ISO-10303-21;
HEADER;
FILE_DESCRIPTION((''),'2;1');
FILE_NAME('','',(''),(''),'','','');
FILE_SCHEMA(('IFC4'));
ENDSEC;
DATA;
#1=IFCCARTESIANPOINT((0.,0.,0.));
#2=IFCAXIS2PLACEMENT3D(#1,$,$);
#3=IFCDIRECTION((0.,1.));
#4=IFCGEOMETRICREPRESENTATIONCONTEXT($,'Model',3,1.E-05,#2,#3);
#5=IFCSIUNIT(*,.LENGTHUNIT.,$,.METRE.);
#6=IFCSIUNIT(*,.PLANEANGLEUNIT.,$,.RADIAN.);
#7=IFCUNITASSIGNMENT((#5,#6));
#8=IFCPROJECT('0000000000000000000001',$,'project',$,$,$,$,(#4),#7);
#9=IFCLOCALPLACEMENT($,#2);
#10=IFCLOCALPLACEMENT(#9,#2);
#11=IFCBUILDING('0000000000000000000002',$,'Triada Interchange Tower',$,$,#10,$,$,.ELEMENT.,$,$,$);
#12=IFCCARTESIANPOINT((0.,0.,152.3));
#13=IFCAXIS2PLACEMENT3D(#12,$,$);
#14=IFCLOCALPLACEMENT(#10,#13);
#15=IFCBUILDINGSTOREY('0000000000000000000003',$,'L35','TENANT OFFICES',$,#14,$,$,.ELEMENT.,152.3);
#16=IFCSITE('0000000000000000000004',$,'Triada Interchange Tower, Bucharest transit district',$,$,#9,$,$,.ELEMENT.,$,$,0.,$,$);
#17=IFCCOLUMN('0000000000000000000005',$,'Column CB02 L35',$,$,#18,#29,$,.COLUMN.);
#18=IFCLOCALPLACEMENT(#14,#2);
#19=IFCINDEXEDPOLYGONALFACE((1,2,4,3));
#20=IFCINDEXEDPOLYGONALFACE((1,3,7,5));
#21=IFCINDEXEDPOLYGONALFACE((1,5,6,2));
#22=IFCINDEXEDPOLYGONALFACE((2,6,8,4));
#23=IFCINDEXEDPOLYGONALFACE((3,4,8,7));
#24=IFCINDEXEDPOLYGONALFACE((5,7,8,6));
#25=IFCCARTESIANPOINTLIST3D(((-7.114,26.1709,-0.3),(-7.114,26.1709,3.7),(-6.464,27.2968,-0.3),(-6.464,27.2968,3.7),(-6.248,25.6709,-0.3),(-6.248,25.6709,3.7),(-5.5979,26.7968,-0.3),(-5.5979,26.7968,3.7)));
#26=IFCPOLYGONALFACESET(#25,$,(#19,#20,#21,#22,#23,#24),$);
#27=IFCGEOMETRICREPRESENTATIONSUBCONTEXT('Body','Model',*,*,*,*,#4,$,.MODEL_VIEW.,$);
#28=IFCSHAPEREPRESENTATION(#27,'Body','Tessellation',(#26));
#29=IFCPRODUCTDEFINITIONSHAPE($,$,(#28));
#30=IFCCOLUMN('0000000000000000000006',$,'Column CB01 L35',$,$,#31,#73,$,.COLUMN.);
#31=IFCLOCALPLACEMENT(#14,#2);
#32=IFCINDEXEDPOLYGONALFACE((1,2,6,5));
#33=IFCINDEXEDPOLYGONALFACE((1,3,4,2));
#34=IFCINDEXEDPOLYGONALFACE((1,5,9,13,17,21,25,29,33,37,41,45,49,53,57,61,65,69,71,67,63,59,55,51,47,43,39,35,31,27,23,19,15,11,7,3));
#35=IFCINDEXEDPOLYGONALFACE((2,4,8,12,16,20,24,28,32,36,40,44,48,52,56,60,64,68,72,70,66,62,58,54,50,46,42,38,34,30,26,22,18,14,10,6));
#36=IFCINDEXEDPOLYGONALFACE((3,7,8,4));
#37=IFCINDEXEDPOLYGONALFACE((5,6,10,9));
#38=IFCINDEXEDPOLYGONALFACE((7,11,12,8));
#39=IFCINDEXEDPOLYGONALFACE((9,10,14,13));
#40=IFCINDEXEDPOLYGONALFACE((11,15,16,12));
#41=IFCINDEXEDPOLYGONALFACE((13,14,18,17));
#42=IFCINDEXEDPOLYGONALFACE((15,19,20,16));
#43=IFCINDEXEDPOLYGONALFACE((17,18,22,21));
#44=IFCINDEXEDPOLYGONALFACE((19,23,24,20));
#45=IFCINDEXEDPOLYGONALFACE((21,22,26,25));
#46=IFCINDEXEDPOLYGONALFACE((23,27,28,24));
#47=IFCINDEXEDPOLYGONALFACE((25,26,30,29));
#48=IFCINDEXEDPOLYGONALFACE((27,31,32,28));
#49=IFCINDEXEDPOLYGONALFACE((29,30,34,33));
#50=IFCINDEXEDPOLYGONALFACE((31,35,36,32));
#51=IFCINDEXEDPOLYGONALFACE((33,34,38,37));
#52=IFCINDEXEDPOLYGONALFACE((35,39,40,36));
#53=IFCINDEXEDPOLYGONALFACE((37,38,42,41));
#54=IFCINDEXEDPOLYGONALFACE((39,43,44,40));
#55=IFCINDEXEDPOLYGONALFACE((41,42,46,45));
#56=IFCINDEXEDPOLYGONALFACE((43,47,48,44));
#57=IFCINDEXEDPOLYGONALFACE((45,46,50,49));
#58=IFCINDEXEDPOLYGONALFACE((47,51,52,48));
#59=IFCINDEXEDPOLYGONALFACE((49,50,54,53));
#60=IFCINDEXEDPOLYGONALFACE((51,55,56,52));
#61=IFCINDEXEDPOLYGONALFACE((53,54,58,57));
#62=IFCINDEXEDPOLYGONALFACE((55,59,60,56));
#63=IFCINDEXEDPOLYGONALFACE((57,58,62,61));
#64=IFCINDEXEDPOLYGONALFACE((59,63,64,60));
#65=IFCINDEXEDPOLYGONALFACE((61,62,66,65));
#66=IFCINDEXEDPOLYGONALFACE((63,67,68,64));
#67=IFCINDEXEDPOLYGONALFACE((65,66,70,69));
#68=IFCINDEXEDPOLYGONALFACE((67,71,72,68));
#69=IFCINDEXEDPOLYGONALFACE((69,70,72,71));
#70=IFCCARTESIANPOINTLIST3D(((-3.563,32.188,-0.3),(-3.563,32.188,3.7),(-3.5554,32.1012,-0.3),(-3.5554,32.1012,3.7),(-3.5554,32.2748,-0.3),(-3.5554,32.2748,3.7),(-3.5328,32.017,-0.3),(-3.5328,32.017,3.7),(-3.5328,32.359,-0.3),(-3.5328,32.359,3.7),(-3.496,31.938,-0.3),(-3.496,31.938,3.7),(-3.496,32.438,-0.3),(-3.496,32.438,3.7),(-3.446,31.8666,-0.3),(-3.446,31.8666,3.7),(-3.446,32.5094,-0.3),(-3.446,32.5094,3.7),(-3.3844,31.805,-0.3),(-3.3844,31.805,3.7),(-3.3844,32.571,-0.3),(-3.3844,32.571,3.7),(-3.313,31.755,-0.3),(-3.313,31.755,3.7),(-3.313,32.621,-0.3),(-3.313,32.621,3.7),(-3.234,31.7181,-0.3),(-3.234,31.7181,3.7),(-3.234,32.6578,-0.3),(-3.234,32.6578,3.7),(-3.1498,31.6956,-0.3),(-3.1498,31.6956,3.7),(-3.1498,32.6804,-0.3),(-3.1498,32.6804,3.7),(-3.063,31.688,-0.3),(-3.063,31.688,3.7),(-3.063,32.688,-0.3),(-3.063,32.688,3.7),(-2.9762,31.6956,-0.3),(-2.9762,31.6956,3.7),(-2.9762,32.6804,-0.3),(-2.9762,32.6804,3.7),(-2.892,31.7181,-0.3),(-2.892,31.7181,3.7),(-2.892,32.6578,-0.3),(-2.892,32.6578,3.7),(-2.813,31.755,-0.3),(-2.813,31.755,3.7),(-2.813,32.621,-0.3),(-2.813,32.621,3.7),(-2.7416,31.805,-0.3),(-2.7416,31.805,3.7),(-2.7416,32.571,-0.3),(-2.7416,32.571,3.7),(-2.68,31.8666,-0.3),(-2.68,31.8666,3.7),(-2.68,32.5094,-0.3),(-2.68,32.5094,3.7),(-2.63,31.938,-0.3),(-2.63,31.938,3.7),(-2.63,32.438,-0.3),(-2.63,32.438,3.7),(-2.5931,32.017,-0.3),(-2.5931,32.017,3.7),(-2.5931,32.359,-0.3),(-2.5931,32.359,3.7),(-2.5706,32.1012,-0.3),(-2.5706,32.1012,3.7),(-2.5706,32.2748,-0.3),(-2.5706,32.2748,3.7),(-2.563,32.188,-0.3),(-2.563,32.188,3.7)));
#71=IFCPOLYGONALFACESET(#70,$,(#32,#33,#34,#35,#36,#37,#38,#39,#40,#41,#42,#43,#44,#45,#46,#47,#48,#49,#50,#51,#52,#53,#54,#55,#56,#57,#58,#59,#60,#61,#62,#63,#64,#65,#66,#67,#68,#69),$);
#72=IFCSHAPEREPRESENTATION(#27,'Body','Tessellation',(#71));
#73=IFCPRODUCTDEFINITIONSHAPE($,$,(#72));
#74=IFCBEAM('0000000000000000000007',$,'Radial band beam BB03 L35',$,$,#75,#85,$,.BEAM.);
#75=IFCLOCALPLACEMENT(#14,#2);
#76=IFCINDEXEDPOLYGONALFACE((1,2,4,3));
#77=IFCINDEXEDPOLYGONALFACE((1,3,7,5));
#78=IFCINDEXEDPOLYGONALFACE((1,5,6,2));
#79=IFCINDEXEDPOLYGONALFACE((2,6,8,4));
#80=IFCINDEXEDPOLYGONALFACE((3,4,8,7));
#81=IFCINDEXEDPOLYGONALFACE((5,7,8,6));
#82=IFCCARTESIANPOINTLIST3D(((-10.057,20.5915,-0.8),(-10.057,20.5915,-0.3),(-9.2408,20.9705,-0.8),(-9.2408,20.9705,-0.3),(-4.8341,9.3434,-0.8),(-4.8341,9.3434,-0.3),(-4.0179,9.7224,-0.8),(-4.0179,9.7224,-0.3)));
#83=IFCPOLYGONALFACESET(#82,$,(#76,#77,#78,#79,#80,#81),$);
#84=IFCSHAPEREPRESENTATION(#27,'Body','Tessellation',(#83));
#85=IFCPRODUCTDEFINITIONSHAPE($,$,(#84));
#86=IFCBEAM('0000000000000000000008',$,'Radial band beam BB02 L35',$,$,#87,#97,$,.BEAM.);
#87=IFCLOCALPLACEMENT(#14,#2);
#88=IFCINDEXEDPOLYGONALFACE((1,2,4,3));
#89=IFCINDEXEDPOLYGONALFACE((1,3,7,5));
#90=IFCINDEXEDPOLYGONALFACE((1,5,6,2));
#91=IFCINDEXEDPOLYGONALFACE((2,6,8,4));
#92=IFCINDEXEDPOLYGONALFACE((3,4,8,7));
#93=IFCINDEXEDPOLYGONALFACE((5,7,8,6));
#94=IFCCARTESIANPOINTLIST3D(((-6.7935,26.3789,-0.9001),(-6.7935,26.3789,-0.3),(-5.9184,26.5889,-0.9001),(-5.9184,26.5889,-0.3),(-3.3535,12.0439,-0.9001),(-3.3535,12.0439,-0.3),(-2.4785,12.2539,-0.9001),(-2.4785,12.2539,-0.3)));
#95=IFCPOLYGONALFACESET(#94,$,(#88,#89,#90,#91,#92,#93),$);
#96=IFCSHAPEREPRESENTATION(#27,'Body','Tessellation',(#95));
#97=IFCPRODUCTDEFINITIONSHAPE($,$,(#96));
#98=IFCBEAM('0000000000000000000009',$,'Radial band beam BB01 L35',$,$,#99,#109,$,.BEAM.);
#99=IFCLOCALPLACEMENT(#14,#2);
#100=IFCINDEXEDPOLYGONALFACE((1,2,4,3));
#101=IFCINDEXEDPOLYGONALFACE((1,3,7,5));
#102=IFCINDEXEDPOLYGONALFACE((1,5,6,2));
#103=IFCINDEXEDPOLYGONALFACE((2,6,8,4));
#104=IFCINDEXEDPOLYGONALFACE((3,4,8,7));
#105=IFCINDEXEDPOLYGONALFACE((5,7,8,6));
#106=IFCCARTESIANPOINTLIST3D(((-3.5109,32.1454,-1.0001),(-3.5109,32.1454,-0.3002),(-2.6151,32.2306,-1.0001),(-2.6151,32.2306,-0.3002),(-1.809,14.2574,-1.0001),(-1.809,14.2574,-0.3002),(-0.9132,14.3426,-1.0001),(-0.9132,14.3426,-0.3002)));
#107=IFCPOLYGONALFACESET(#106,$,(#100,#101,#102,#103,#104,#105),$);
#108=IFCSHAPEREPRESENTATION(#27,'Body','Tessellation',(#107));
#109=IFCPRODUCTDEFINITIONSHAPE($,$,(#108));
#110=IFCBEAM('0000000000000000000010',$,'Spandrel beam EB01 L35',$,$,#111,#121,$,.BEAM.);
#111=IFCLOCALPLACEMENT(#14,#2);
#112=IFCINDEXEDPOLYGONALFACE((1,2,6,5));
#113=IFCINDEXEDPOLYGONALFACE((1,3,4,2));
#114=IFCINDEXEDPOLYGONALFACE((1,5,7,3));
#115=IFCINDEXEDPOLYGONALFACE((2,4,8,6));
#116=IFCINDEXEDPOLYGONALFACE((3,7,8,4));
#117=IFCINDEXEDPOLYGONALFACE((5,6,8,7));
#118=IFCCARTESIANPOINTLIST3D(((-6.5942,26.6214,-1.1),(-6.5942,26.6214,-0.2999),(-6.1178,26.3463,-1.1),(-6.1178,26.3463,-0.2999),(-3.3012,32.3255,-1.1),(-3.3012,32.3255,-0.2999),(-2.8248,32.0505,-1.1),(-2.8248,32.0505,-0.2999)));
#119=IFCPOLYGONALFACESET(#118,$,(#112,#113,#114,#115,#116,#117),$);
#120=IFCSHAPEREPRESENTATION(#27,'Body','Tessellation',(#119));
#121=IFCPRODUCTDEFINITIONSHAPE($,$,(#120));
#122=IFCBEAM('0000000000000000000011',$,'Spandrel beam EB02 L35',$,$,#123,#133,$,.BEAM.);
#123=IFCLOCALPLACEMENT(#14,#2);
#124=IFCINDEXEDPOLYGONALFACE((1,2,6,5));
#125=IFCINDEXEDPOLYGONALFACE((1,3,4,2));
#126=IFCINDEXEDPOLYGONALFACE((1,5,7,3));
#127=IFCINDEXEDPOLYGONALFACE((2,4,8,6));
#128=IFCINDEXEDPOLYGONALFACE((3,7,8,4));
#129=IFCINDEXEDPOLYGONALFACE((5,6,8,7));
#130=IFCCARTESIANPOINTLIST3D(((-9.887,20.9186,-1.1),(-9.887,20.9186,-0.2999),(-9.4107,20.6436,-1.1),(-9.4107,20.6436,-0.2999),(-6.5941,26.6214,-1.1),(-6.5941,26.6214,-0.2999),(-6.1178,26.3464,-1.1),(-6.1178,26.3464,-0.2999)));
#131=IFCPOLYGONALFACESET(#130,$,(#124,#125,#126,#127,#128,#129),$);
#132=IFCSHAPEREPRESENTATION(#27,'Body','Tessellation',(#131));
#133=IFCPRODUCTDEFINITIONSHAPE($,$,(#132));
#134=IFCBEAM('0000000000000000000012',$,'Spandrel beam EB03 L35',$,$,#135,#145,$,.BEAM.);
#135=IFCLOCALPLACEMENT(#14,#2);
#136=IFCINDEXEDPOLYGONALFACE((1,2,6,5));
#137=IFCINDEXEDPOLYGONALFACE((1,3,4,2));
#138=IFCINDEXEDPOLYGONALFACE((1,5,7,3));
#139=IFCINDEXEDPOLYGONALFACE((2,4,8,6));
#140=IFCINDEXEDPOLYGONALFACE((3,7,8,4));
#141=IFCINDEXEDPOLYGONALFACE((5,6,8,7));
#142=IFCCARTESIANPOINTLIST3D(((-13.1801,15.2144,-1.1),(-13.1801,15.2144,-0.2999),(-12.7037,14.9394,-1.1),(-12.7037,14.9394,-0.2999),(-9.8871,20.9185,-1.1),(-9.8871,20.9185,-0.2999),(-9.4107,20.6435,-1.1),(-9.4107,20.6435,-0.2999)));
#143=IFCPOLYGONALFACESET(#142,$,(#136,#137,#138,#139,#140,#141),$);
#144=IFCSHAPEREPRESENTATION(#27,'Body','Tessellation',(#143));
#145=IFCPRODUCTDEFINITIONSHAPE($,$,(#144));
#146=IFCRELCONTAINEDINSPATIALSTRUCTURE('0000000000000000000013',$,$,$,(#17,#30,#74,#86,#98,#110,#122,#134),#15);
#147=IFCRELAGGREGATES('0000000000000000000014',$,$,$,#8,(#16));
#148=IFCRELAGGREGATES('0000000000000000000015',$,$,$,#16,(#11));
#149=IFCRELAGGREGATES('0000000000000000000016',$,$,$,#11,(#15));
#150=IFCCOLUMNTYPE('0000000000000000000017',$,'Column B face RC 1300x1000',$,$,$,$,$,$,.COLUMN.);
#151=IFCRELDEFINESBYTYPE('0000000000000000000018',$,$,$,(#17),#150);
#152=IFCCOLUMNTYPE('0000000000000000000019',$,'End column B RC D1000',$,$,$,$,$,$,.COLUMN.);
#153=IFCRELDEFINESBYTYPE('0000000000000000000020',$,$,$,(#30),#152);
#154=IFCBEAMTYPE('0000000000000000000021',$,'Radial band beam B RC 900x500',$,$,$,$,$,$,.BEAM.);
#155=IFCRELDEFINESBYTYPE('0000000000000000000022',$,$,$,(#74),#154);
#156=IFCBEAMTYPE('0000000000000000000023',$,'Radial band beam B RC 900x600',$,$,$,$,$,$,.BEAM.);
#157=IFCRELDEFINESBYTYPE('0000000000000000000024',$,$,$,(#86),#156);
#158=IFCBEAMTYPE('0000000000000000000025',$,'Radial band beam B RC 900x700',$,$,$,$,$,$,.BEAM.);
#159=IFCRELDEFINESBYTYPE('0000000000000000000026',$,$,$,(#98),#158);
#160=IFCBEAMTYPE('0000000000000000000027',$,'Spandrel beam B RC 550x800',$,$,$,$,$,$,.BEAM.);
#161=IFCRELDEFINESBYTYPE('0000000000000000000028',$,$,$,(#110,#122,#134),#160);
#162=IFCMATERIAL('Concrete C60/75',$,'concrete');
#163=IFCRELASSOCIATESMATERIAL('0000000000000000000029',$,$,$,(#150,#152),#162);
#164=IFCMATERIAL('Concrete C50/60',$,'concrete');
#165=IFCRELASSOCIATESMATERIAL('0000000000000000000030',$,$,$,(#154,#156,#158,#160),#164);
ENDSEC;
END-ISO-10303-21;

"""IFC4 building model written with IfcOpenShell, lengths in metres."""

from ifc_helpers import new_model, si_unit, direction, frame, origin, origin_2d, place, context, subcontext, project, spatial, rectangle, circle, extrude, material, material_profile, profile_set, type_object, element, save


model = new_model("IFC4")

# Units and contexts
model_context = context("Model", 3, precision=1e-05, world=origin(), true_north=direction((0.0, 1.0)))
body_context = subcontext(model_context, "Body", "Model", "MODEL_VIEW")
ifc_project = project(units=[si_unit("LENGTHUNIT", "METRE"), si_unit("PLANEANGLEUNIT", "RADIAN")], contexts=[model_context])

# Site, building, storey
site_placement = place(None, origin())
site = spatial("IfcSite", under=ifc_project, at=site_placement, Name="Triada Interchange Tower, Bucharest transit district", CompositionType="ELEMENT", RefElevation=0.0)
building_placement = place(site_placement, origin())
building = spatial("IfcBuilding", under=site, at=building_placement, Name="Triada Interchange Tower", CompositionType="ELEMENT")
storey_placement = place(building_placement, frame((0.0, 0.0, 152.3)))
storey = spatial("IfcBuildingStorey", under=building, at=storey_placement, Name="L35", Description="TENANT OFFICES", CompositionType="ELEMENT", Elevation=152.3)

# Columns
ifc_material_1 = material(Name="Concrete C60/75", Category="concrete")
ifc_material_profile_1 = material_profile(ifc_material_1, rectangle(XDim=1.3, YDim=1.0, at=origin_2d()), Name="RC 1300x1000")
ifc_profile_set_1 = profile_set([ifc_material_profile_1], Name="Concrete C60/75")
column_type_1 = type_object("IfcColumnType", Name="Column B face RC 1300x1000", PredefinedType="COLUMN", material=ifc_profile_set_1)
column_1_placement = place(storey_placement, frame((-6.356, 26.4839, -0.3), z_axis=(0.0, 0.0, 1.0), x_axis=(0.5, 0.866025, 0.0)))
element("IfcColumn", 1, at=column_1_placement, inside=storey, type_object=column_type_1, Name="Column CB02 L35", PredefinedType="COLUMN", context=body_context, shape_type="SweptSolid", body=[
    extrude(rectangle(XDim=1.3, YDim=1.0, at=origin_2d()), origin(), (0.0, 0.0, 1.0), 4.0),
])
ifc_material_profile_2 = material_profile(ifc_material_1, circle(Radius=0.5, at=origin_2d()), Name="RC D1000")
ifc_profile_set_2 = profile_set([ifc_material_profile_2], Name="Concrete C60/75")
column_type_2 = type_object("IfcColumnType", Name="End column B RC D1000", PredefinedType="COLUMN", material=ifc_profile_set_2)
column_2_placement = place(storey_placement, frame((-3.063, 32.188, -0.3), z_axis=(0.0, 0.0, 1.0), x_axis=(0.5, 0.866025, 0.0)))
element("IfcColumn", 2, at=column_2_placement, inside=storey, type_object=column_type_2, Name="Column CB01 L35", PredefinedType="COLUMN", context=body_context, shape_type="SweptSolid", body=[
    extrude(circle(Radius=0.5, at=origin_2d()), origin(), (0.0, 0.0, 1.0), 4.0),
])

# Beams
ifc_material_2 = material(Name="Concrete C50/60", Category="concrete")
ifc_material_profile_3 = material_profile(ifc_material_2, rectangle(XDim=0.8999, YDim=0.5, at=origin_2d()), Name="RC 900x500")
ifc_profile_set_3 = profile_set([ifc_material_profile_3], Name="Concrete C50/60")
beam_type_1 = type_object("IfcBeamType", Name="Radial band beam B RC 900x500", PredefinedType="BEAM", material=ifc_profile_set_3)
beam_1_placement = place(storey_placement, frame((-9.6489, 20.781, -0.55), z_axis=(0.421151, -0.906991, 0.0), x_axis=(0.906991, 0.421151, 0.0)))
element("IfcBeam", 3, at=beam_1_placement, inside=storey, type_object=beam_type_1, Name="Radial band beam BB03 L35", PredefinedType="BEAM", context=body_context, shape_type="SweptSolid", body=[
    extrude(rectangle(XDim=0.8999, YDim=0.5, at=origin_2d()), origin(), (0.0, 0.0, 1.0), 12.4016),
])
ifc_material_profile_4 = material_profile(ifc_material_2, rectangle(XDim=0.8999, YDim=0.6001, at=origin_2d()), Name="RC 900x600")
ifc_profile_set_4 = profile_set([ifc_material_profile_4], Name="Concrete C50/60")
beam_type_2 = type_object("IfcBeamType", Name="Radial band beam B RC 900x600", PredefinedType="BEAM", material=ifc_profile_set_4)
beam_2_placement = place(storey_placement, frame((-6.356, 26.4839, -0.6001), z_axis=(0.233344, -0.972394, 0.0), x_axis=(0.972394, 0.233344, 0.0)))
element("IfcBeam", 4, at=beam_2_placement, inside=storey, type_object=beam_type_2, Name="Radial band beam BB02 L35", PredefinedType="BEAM", context=body_context, shape_type="SweptSolid", body=[
    extrude(rectangle(XDim=0.8999, YDim=0.6001, at=origin_2d()), origin(), (0.0, 0.0, 1.0), 14.7419),
])
ifc_material_profile_5 = material_profile(ifc_material_2, rectangle(XDim=0.8999, YDim=0.7, at=origin_2d()), Name="RC 900x700")
ifc_profile_set_5 = profile_set([ifc_material_profile_5], Name="Concrete C50/60")
beam_type_3 = type_object("IfcBeamType", Name="Radial band beam B RC 900x700", PredefinedType="BEAM", material=ifc_profile_set_5)
beam_3_placement = place(storey_placement, frame((-3.063, 32.188, -0.6501), z_axis=(0.094715, -0.995504, 0.0), x_axis=(0.995504, 0.094715, 0.0)))
element("IfcBeam", 5, at=beam_3_placement, inside=storey, type_object=beam_type_3, Name="Radial band beam BB01 L35", PredefinedType="BEAM", context=body_context, shape_type="SweptSolid", body=[
    extrude(rectangle(XDim=0.8999, YDim=0.7, at=origin_2d()), origin(), (0.0, 0.0, 1.0), 17.9688),
])
ifc_material_profile_6 = material_profile(ifc_material_2, rectangle(XDim=0.55, YDim=0.8, at=origin_2d()), Name="RC 550x800")
ifc_profile_set_6 = profile_set([ifc_material_profile_6], Name="Concrete C50/60")
beam_type_4 = type_object("IfcBeamType", Name="Spandrel beam B RC 550x800", PredefinedType="BEAM", material=ifc_profile_set_6)
beam_4_placement = place(storey_placement, frame((-3.063, 32.188, -0.7), z_axis=(-0.499966, -0.866045, 0.0), x_axis=(0.866045, -0.499966, 0.0)))
element("IfcBeam", 6, at=beam_4_placement, inside=storey, type_object=beam_type_4, Name="Spandrel beam EB01 L35", PredefinedType="BEAM", context=body_context, shape_type="SweptSolid", body=[
    extrude(rectangle(XDim=0.55, YDim=0.8, at=origin_2d()), origin(), (0.0, 0.0, 1.0), 6.5864),
])
beam_5_placement = place(storey_placement, frame((-6.356, 26.4839, -0.7), z_axis=(-0.500047, -0.865999, 0.0), x_axis=(0.865999, -0.500047, 0.0)))
element("IfcBeam", 7, at=beam_5_placement, inside=storey, type_object=beam_type_4, Name="Spandrel beam EB02 L35", PredefinedType="BEAM", context=body_context, shape_type="SweptSolid", body=[
    extrude(rectangle(XDim=0.55, YDim=0.8, at=origin_2d()), origin(), (0.0, 0.0, 1.0), 6.5852),
])
beam_6_placement = place(storey_placement, frame((-9.6489, 20.781, -0.7), z_axis=(-0.499966, -0.866045, 0.0), x_axis=(0.866045, -0.499966, 0.0)))
element("IfcBeam", 8, at=beam_6_placement, inside=storey, type_object=beam_type_4, Name="Spandrel beam EB03 L35", PredefinedType="BEAM", context=body_context, shape_type="SweptSolid", body=[
    extrude(rectangle(XDim=0.55, YDim=0.8, at=origin_2d()), origin(), (0.0, 0.0, 1.0), 6.5864),
])

save(model, "model.ifc")
